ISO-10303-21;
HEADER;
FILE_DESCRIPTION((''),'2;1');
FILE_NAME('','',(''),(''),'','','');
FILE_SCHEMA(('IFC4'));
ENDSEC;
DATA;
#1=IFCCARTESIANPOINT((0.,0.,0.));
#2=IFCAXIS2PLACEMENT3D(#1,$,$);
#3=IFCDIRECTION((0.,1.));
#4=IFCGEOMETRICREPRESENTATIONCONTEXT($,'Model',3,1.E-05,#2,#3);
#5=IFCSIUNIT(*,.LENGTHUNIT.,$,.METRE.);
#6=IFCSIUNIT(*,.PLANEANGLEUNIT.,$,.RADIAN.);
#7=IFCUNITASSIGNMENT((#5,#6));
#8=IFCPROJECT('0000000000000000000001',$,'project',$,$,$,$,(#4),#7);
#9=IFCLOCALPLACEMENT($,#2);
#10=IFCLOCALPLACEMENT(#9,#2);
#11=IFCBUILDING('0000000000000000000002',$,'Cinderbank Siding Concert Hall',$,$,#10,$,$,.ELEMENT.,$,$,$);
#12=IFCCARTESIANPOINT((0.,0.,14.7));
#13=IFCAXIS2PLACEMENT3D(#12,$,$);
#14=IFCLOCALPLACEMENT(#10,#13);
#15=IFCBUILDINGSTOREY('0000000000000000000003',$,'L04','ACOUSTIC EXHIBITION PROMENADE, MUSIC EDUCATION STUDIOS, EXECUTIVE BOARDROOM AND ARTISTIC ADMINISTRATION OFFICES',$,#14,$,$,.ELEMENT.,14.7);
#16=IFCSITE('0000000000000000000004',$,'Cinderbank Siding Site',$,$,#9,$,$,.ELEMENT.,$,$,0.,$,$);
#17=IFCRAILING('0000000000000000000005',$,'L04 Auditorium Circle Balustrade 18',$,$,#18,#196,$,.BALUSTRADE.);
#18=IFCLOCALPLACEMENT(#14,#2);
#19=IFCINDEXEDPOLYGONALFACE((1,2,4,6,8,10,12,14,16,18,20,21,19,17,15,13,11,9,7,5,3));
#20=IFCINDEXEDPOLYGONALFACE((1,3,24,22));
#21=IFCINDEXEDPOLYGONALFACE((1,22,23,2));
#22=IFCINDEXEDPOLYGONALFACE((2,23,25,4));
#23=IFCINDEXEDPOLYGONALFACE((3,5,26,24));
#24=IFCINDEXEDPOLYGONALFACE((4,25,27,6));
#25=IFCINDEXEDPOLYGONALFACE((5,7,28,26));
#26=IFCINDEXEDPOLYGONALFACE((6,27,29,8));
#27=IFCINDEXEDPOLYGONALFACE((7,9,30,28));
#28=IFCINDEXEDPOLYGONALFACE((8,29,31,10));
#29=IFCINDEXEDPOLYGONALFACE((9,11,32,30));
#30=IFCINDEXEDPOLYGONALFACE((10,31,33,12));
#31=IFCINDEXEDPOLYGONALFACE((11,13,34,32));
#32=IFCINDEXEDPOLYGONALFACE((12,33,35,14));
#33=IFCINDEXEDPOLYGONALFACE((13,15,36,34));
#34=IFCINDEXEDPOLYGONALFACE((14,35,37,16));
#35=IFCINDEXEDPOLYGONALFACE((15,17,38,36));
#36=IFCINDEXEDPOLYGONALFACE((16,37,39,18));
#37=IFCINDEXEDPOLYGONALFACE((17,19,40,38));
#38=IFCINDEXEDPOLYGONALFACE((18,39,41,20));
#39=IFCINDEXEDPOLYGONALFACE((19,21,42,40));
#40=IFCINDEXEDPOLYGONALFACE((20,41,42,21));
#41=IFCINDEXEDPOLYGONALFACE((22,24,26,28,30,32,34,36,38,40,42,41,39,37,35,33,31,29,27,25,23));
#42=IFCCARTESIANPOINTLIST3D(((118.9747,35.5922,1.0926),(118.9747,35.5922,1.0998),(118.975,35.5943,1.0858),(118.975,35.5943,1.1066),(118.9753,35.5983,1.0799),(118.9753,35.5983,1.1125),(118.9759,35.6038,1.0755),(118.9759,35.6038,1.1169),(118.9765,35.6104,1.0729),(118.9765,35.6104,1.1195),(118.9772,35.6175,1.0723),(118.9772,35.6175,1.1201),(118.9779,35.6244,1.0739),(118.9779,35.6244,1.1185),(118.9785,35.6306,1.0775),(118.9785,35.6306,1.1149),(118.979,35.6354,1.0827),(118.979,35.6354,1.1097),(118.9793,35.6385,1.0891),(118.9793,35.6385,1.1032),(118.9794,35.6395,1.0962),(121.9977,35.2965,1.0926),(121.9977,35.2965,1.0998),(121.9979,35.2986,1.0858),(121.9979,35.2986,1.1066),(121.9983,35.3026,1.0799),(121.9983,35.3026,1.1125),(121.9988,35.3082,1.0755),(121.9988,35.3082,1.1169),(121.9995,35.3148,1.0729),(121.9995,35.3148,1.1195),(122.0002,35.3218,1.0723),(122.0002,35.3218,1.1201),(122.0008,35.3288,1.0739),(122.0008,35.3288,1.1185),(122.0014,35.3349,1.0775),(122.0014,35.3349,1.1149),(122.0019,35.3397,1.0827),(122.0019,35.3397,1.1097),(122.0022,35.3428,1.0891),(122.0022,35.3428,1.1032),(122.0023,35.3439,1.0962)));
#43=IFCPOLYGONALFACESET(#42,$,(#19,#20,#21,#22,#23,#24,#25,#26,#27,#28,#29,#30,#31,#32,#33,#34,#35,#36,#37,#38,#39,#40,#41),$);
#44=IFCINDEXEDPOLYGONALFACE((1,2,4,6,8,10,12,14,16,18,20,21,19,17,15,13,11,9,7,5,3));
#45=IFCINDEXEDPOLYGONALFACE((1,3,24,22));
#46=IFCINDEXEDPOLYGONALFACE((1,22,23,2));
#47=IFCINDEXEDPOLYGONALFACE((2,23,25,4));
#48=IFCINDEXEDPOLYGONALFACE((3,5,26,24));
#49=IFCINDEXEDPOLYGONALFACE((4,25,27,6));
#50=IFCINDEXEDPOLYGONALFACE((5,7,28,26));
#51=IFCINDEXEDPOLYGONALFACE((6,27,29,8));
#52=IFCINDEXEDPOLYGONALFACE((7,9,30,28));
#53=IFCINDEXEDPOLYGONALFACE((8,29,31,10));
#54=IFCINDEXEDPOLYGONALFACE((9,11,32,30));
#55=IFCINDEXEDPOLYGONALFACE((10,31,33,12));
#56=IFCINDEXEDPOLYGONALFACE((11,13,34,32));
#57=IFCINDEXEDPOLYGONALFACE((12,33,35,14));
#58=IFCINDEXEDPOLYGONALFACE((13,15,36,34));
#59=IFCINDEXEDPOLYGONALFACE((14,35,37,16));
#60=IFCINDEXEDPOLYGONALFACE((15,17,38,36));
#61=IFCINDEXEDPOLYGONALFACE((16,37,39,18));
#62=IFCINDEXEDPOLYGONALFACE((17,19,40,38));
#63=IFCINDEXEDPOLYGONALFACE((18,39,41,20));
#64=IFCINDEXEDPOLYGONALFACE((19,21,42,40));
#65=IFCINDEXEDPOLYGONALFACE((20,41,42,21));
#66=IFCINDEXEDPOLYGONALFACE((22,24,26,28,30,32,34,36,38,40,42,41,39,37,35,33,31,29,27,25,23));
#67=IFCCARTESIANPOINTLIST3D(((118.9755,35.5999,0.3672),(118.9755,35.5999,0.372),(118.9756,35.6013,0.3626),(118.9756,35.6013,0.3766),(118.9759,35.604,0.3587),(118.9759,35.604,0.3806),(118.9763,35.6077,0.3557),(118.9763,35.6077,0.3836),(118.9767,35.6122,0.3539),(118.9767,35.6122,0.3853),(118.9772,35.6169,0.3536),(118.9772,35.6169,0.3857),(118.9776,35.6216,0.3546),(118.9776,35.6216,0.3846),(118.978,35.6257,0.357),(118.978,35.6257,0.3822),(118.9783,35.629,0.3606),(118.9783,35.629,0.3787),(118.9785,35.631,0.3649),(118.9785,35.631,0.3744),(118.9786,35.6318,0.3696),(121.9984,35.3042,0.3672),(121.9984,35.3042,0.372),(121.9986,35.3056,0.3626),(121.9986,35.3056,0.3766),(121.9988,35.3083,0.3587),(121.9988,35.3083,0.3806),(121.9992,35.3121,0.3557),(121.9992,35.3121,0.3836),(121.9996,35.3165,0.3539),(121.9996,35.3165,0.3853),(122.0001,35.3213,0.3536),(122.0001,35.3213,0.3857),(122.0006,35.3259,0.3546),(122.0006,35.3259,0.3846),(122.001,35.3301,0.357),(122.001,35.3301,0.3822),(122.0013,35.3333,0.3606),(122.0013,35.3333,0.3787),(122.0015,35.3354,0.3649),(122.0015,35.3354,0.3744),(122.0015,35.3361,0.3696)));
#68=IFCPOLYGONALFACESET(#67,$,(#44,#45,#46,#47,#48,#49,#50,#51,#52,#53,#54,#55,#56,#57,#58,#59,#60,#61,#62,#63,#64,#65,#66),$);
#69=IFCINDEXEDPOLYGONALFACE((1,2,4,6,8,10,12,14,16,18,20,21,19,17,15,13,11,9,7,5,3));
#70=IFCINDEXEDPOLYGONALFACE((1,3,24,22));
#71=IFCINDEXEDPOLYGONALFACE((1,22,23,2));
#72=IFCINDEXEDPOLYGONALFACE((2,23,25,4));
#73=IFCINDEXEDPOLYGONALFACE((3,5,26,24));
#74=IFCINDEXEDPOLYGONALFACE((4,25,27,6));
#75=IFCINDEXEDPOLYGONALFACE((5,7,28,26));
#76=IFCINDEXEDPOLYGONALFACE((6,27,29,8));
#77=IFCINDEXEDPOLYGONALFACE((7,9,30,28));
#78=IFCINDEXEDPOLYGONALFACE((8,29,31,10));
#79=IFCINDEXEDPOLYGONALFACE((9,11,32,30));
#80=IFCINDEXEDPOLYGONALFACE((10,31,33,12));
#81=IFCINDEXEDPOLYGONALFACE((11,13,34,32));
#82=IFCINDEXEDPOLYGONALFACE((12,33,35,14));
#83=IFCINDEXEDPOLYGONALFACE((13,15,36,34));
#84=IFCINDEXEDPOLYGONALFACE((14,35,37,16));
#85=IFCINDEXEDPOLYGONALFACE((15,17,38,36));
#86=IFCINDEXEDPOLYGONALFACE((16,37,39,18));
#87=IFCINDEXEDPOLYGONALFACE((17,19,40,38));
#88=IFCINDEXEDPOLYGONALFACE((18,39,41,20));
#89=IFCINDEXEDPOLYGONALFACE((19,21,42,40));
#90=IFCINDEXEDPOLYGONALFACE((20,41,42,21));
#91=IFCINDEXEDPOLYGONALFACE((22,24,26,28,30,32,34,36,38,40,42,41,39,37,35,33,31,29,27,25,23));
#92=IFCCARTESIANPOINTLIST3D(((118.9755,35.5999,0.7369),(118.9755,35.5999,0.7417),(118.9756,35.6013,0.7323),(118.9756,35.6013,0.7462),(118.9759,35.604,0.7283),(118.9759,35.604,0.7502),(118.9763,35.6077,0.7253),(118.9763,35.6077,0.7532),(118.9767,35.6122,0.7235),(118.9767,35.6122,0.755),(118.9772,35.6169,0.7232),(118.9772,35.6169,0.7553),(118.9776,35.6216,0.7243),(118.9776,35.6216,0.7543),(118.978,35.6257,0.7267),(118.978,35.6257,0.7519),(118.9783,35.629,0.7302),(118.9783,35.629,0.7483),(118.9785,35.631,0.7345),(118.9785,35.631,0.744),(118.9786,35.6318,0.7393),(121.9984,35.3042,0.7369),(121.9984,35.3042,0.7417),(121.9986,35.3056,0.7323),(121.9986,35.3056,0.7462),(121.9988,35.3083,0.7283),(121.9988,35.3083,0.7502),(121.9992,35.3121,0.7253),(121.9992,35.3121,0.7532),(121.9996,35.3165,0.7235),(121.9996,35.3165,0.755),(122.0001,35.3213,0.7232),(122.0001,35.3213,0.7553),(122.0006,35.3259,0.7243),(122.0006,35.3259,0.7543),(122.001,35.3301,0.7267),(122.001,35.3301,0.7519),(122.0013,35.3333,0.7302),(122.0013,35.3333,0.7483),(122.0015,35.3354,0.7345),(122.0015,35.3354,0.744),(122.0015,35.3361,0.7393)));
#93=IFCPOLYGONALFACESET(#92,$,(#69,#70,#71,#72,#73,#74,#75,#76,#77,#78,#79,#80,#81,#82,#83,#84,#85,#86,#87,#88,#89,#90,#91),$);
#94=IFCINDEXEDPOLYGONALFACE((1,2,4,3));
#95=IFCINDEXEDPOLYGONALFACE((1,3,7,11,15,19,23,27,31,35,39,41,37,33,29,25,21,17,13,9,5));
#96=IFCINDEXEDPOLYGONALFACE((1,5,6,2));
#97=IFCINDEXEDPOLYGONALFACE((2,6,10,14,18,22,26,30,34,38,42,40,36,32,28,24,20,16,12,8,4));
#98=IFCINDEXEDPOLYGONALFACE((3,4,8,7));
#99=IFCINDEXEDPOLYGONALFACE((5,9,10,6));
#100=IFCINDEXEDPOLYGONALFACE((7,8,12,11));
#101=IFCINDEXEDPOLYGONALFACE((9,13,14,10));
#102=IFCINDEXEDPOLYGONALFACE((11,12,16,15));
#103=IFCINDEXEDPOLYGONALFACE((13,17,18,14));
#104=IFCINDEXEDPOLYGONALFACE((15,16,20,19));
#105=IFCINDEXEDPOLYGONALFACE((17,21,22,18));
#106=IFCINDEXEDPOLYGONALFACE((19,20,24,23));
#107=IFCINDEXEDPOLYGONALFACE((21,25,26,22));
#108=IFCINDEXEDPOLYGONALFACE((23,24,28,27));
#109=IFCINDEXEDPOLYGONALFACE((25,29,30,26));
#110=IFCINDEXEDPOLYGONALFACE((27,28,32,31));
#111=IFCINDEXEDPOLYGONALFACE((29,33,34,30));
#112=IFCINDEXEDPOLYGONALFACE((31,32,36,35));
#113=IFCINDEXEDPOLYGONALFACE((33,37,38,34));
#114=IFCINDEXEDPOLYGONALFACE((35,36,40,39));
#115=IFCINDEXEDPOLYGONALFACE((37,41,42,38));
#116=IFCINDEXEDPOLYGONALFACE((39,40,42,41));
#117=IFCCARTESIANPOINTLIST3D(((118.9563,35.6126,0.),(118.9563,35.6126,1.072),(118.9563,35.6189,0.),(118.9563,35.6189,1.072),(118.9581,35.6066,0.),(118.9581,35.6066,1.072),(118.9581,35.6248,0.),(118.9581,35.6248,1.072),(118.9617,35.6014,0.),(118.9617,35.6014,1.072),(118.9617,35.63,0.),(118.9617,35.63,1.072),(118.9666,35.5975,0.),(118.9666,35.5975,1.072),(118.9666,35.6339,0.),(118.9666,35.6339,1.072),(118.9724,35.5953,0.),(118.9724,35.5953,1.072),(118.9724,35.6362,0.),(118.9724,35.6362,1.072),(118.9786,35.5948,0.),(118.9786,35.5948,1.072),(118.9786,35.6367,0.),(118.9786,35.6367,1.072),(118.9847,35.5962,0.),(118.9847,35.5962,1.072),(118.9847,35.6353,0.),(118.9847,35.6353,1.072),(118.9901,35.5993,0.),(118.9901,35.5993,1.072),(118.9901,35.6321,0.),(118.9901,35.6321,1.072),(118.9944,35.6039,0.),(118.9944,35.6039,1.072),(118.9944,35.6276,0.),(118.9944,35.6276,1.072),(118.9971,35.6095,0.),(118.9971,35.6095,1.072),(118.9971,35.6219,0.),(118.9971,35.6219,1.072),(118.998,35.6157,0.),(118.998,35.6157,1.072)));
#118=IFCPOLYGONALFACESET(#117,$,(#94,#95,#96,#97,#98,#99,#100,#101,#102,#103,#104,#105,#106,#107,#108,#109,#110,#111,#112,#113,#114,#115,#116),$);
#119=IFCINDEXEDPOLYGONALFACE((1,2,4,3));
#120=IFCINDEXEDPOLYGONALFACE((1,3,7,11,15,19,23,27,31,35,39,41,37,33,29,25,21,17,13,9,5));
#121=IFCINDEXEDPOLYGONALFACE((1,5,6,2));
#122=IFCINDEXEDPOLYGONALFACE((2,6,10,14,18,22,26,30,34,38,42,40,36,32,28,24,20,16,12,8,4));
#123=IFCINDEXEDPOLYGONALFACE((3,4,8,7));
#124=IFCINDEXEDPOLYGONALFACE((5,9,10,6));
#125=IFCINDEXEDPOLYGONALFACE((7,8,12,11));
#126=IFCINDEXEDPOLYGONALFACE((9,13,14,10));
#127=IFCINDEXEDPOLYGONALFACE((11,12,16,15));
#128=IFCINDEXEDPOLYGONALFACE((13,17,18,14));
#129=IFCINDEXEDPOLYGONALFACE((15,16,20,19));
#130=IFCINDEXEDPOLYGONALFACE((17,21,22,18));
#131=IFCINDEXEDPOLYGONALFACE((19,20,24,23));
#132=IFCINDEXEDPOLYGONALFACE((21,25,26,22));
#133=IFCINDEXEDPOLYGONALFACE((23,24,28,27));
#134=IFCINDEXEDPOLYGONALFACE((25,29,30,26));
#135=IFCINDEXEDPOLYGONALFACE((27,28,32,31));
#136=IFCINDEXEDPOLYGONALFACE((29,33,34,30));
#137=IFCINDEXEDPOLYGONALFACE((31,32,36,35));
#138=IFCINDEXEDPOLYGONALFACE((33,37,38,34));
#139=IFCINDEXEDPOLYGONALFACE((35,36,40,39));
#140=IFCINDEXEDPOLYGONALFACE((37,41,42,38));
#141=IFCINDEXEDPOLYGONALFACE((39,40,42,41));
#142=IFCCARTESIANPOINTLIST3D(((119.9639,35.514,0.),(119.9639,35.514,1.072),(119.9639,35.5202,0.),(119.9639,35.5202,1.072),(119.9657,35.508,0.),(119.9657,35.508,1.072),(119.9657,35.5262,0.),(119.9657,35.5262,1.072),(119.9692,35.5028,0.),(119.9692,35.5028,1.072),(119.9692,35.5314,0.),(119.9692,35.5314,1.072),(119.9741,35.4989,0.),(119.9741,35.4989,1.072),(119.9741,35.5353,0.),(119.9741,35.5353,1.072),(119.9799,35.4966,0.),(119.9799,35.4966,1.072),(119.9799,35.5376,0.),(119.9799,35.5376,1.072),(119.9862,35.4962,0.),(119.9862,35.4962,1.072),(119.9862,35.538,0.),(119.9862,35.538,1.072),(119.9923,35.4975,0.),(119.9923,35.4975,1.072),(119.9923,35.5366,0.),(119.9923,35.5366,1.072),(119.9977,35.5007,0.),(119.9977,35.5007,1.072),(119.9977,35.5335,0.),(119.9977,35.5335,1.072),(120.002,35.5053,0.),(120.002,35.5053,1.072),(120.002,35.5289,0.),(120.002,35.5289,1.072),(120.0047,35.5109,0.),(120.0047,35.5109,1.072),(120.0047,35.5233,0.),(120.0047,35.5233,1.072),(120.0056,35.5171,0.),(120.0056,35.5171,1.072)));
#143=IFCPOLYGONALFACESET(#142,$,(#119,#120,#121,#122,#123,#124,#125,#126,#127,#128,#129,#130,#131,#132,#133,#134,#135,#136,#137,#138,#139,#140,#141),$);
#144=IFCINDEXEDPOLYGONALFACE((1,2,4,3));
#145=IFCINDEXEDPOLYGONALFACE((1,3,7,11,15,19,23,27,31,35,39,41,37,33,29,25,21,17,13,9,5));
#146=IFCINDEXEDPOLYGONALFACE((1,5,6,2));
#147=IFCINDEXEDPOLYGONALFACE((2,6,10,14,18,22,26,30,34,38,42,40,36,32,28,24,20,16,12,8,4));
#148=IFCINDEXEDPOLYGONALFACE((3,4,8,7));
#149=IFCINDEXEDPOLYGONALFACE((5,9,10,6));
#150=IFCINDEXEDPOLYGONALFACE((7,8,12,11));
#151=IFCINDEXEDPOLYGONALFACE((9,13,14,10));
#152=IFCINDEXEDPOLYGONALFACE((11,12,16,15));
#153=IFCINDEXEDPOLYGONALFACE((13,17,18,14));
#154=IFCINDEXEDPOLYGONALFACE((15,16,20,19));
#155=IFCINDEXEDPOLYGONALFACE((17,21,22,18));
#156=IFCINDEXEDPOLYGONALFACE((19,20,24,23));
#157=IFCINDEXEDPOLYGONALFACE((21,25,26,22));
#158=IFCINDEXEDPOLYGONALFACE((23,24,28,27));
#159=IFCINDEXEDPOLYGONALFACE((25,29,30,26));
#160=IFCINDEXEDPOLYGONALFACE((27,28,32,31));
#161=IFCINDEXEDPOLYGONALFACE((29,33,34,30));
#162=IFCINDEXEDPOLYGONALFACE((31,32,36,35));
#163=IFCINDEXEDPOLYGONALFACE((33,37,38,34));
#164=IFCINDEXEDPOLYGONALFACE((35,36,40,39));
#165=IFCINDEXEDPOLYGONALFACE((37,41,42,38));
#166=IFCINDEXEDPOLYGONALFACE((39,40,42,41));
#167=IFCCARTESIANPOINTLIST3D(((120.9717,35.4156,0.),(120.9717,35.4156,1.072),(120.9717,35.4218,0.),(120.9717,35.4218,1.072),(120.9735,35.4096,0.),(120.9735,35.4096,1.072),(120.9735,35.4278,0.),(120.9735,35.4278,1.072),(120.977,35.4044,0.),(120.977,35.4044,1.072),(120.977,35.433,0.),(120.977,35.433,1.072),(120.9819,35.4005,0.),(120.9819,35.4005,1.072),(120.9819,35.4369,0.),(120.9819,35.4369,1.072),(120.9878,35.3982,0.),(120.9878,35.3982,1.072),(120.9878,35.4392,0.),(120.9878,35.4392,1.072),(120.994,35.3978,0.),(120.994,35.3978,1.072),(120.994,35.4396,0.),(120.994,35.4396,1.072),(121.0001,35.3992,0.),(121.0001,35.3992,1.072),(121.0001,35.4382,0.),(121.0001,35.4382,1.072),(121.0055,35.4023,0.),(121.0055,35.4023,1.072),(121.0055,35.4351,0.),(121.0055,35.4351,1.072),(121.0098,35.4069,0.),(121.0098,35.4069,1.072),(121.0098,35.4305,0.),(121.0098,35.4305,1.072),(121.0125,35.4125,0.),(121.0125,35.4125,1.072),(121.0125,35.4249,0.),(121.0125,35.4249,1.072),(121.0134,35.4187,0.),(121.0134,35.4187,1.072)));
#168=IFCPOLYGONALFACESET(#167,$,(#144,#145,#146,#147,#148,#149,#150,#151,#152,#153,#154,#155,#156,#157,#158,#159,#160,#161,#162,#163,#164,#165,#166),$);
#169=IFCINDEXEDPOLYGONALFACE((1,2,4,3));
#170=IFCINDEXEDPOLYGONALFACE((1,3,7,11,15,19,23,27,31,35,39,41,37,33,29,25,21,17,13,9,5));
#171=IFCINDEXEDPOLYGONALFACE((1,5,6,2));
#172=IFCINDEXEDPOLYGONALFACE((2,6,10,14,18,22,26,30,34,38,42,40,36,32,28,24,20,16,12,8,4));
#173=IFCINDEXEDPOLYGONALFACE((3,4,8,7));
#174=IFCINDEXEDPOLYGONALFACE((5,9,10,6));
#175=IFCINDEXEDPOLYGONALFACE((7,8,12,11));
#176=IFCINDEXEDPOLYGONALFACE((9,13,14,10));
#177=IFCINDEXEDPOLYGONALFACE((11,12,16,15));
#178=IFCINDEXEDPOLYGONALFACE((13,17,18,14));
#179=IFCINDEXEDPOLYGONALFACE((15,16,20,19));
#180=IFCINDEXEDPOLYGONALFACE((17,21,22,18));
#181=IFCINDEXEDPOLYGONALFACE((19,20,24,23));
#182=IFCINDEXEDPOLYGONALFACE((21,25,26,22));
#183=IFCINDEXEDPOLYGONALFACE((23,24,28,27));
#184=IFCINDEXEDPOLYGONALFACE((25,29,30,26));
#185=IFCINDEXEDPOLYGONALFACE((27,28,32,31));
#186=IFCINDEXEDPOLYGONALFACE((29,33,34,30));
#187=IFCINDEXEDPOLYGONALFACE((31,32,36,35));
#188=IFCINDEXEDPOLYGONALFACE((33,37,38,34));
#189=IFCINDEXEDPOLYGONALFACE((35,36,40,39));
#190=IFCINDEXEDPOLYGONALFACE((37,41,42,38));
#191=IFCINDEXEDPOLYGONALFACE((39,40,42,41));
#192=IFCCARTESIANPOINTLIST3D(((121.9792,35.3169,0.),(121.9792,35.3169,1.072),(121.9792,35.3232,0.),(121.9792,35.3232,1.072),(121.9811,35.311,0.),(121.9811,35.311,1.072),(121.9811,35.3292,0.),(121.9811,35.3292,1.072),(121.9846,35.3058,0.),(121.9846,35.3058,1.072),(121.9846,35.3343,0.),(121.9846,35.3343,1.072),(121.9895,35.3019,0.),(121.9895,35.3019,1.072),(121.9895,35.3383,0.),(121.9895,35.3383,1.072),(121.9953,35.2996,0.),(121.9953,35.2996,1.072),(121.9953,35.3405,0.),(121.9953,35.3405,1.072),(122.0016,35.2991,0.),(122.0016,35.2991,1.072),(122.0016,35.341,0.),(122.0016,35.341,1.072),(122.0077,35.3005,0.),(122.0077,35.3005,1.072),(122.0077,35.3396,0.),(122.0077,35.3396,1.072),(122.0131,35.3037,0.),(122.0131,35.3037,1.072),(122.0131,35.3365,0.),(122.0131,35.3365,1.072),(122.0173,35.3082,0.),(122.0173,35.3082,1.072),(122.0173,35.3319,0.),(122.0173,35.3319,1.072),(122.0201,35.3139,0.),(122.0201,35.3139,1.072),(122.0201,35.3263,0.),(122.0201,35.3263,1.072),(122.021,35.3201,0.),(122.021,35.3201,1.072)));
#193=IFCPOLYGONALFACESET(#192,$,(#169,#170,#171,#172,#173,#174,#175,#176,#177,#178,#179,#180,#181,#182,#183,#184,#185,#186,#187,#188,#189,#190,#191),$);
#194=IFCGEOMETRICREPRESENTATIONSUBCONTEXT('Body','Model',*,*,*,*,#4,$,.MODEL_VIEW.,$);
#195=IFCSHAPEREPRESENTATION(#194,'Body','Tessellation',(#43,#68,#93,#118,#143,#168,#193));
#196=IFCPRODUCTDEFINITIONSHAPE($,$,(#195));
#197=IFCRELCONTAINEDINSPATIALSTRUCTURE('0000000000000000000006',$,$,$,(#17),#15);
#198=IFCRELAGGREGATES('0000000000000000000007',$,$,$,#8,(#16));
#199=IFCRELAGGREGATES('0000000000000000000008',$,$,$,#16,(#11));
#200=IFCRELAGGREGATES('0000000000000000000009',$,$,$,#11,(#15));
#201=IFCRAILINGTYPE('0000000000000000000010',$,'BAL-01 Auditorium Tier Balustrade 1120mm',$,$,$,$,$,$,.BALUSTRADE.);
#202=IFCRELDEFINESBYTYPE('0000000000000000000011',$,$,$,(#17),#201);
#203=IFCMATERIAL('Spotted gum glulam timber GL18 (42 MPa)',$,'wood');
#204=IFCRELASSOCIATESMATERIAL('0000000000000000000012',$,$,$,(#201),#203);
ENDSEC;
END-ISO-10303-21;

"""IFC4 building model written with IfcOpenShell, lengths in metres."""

from ifc_helpers import new_model, si_unit, direction, frame, origin, origin_2d, place, context, subcontext, project, spatial, circle, extrude, material, type_object, element, save


model = new_model("IFC4")

# Units and contexts
model_context = context("Model", 3, precision=1e-05, world=origin(), true_north=direction((0.0, 1.0)))
body_context = subcontext(model_context, "Body", "Model", "MODEL_VIEW")
ifc_project = project(units=[si_unit("LENGTHUNIT", "METRE"), si_unit("PLANEANGLEUNIT", "RADIAN")], contexts=[model_context])

# Site, building, storey
site_placement = place(None, origin())
site = spatial("IfcSite", under=ifc_project, at=site_placement, Name="Cinderbank Siding Site", CompositionType="ELEMENT", RefElevation=0.0)
building_placement = place(site_placement, origin())
building = spatial("IfcBuilding", under=site, at=building_placement, Name="Cinderbank Siding Concert Hall", CompositionType="ELEMENT")
storey_placement = place(building_placement, frame((0.0, 0.0, 14.7)))
storey = spatial("IfcBuildingStorey", under=building, at=storey_placement, Name="L04", Description="ACOUSTIC EXHIBITION PROMENADE, MUSIC EDUCATION STUDIOS, EXECUTIVE BOARDROOM AND ARTISTIC ADMINISTRATION OFFICES", CompositionType="ELEMENT", Elevation=14.7)

# Shared definitions
ifc_material_1 = material(Name="Spotted gum glulam timber GL18 (42 MPa)", Category="wood")

# Railing
railing_type = type_object("IfcRailingType", Name="BAL-01 Auditorium Tier Balustrade 1120mm", PredefinedType="BALUSTRADE", material=ifc_material_1)
railing_1_placement = place(storey_placement, frame((118.9771, 35.6157, 0.0)))
element("IfcRailing", 1, at=railing_1_placement, inside=storey, type_object=railing_type, Name="L04 Auditorium Circle Balustrade 18", PredefinedType="BALUSTRADE", context=body_context, shape_type="SweptSolid", body=[
    extrude(circle(Radius=0.0239, at=origin_2d()), frame((0.0, 0.0, 1.0962), z_axis=(0.995251, -0.097339, 0.0), x_axis=(0.097339, 0.995251, 0.0)), (0.0, 0.0, 1.0), 3.0374),
    extrude(circle(Radius=0.0161, at=origin_2d()), frame((0.0, 0.0, 0.3696), z_axis=(0.995251, -0.097339, 0.0), x_axis=(0.097339, 0.995251, 0.0)), (0.0, 0.0, 1.0), 3.0374),
    extrude(circle(Radius=0.0161, at=origin_2d()), frame((0.0, 0.0, 0.7393), z_axis=(0.995251, -0.097339, 0.0), x_axis=(0.097339, 0.995251, 0.0)), (0.0, 0.0, 1.0), 3.0374),
    extrude(circle(Radius=0.021, at=origin_2d()), origin(), (0.0, 0.0, 1.0), 1.072),
    extrude(circle(Radius=0.021, at=origin_2d()), frame((1.0076, -0.0986, 0.0)), (0.0, 0.0, 1.0), 1.072),
    extrude(circle(Radius=0.021, at=origin_2d()), frame((2.0154, -0.197, 0.0)), (0.0, 0.0, 1.0), 1.072),
    extrude(circle(Radius=0.021, at=origin_2d()), frame((3.0229, -0.2957, 0.0)), (0.0, 0.0, 1.0), 1.072),
])

save(model, "model.ifc")
